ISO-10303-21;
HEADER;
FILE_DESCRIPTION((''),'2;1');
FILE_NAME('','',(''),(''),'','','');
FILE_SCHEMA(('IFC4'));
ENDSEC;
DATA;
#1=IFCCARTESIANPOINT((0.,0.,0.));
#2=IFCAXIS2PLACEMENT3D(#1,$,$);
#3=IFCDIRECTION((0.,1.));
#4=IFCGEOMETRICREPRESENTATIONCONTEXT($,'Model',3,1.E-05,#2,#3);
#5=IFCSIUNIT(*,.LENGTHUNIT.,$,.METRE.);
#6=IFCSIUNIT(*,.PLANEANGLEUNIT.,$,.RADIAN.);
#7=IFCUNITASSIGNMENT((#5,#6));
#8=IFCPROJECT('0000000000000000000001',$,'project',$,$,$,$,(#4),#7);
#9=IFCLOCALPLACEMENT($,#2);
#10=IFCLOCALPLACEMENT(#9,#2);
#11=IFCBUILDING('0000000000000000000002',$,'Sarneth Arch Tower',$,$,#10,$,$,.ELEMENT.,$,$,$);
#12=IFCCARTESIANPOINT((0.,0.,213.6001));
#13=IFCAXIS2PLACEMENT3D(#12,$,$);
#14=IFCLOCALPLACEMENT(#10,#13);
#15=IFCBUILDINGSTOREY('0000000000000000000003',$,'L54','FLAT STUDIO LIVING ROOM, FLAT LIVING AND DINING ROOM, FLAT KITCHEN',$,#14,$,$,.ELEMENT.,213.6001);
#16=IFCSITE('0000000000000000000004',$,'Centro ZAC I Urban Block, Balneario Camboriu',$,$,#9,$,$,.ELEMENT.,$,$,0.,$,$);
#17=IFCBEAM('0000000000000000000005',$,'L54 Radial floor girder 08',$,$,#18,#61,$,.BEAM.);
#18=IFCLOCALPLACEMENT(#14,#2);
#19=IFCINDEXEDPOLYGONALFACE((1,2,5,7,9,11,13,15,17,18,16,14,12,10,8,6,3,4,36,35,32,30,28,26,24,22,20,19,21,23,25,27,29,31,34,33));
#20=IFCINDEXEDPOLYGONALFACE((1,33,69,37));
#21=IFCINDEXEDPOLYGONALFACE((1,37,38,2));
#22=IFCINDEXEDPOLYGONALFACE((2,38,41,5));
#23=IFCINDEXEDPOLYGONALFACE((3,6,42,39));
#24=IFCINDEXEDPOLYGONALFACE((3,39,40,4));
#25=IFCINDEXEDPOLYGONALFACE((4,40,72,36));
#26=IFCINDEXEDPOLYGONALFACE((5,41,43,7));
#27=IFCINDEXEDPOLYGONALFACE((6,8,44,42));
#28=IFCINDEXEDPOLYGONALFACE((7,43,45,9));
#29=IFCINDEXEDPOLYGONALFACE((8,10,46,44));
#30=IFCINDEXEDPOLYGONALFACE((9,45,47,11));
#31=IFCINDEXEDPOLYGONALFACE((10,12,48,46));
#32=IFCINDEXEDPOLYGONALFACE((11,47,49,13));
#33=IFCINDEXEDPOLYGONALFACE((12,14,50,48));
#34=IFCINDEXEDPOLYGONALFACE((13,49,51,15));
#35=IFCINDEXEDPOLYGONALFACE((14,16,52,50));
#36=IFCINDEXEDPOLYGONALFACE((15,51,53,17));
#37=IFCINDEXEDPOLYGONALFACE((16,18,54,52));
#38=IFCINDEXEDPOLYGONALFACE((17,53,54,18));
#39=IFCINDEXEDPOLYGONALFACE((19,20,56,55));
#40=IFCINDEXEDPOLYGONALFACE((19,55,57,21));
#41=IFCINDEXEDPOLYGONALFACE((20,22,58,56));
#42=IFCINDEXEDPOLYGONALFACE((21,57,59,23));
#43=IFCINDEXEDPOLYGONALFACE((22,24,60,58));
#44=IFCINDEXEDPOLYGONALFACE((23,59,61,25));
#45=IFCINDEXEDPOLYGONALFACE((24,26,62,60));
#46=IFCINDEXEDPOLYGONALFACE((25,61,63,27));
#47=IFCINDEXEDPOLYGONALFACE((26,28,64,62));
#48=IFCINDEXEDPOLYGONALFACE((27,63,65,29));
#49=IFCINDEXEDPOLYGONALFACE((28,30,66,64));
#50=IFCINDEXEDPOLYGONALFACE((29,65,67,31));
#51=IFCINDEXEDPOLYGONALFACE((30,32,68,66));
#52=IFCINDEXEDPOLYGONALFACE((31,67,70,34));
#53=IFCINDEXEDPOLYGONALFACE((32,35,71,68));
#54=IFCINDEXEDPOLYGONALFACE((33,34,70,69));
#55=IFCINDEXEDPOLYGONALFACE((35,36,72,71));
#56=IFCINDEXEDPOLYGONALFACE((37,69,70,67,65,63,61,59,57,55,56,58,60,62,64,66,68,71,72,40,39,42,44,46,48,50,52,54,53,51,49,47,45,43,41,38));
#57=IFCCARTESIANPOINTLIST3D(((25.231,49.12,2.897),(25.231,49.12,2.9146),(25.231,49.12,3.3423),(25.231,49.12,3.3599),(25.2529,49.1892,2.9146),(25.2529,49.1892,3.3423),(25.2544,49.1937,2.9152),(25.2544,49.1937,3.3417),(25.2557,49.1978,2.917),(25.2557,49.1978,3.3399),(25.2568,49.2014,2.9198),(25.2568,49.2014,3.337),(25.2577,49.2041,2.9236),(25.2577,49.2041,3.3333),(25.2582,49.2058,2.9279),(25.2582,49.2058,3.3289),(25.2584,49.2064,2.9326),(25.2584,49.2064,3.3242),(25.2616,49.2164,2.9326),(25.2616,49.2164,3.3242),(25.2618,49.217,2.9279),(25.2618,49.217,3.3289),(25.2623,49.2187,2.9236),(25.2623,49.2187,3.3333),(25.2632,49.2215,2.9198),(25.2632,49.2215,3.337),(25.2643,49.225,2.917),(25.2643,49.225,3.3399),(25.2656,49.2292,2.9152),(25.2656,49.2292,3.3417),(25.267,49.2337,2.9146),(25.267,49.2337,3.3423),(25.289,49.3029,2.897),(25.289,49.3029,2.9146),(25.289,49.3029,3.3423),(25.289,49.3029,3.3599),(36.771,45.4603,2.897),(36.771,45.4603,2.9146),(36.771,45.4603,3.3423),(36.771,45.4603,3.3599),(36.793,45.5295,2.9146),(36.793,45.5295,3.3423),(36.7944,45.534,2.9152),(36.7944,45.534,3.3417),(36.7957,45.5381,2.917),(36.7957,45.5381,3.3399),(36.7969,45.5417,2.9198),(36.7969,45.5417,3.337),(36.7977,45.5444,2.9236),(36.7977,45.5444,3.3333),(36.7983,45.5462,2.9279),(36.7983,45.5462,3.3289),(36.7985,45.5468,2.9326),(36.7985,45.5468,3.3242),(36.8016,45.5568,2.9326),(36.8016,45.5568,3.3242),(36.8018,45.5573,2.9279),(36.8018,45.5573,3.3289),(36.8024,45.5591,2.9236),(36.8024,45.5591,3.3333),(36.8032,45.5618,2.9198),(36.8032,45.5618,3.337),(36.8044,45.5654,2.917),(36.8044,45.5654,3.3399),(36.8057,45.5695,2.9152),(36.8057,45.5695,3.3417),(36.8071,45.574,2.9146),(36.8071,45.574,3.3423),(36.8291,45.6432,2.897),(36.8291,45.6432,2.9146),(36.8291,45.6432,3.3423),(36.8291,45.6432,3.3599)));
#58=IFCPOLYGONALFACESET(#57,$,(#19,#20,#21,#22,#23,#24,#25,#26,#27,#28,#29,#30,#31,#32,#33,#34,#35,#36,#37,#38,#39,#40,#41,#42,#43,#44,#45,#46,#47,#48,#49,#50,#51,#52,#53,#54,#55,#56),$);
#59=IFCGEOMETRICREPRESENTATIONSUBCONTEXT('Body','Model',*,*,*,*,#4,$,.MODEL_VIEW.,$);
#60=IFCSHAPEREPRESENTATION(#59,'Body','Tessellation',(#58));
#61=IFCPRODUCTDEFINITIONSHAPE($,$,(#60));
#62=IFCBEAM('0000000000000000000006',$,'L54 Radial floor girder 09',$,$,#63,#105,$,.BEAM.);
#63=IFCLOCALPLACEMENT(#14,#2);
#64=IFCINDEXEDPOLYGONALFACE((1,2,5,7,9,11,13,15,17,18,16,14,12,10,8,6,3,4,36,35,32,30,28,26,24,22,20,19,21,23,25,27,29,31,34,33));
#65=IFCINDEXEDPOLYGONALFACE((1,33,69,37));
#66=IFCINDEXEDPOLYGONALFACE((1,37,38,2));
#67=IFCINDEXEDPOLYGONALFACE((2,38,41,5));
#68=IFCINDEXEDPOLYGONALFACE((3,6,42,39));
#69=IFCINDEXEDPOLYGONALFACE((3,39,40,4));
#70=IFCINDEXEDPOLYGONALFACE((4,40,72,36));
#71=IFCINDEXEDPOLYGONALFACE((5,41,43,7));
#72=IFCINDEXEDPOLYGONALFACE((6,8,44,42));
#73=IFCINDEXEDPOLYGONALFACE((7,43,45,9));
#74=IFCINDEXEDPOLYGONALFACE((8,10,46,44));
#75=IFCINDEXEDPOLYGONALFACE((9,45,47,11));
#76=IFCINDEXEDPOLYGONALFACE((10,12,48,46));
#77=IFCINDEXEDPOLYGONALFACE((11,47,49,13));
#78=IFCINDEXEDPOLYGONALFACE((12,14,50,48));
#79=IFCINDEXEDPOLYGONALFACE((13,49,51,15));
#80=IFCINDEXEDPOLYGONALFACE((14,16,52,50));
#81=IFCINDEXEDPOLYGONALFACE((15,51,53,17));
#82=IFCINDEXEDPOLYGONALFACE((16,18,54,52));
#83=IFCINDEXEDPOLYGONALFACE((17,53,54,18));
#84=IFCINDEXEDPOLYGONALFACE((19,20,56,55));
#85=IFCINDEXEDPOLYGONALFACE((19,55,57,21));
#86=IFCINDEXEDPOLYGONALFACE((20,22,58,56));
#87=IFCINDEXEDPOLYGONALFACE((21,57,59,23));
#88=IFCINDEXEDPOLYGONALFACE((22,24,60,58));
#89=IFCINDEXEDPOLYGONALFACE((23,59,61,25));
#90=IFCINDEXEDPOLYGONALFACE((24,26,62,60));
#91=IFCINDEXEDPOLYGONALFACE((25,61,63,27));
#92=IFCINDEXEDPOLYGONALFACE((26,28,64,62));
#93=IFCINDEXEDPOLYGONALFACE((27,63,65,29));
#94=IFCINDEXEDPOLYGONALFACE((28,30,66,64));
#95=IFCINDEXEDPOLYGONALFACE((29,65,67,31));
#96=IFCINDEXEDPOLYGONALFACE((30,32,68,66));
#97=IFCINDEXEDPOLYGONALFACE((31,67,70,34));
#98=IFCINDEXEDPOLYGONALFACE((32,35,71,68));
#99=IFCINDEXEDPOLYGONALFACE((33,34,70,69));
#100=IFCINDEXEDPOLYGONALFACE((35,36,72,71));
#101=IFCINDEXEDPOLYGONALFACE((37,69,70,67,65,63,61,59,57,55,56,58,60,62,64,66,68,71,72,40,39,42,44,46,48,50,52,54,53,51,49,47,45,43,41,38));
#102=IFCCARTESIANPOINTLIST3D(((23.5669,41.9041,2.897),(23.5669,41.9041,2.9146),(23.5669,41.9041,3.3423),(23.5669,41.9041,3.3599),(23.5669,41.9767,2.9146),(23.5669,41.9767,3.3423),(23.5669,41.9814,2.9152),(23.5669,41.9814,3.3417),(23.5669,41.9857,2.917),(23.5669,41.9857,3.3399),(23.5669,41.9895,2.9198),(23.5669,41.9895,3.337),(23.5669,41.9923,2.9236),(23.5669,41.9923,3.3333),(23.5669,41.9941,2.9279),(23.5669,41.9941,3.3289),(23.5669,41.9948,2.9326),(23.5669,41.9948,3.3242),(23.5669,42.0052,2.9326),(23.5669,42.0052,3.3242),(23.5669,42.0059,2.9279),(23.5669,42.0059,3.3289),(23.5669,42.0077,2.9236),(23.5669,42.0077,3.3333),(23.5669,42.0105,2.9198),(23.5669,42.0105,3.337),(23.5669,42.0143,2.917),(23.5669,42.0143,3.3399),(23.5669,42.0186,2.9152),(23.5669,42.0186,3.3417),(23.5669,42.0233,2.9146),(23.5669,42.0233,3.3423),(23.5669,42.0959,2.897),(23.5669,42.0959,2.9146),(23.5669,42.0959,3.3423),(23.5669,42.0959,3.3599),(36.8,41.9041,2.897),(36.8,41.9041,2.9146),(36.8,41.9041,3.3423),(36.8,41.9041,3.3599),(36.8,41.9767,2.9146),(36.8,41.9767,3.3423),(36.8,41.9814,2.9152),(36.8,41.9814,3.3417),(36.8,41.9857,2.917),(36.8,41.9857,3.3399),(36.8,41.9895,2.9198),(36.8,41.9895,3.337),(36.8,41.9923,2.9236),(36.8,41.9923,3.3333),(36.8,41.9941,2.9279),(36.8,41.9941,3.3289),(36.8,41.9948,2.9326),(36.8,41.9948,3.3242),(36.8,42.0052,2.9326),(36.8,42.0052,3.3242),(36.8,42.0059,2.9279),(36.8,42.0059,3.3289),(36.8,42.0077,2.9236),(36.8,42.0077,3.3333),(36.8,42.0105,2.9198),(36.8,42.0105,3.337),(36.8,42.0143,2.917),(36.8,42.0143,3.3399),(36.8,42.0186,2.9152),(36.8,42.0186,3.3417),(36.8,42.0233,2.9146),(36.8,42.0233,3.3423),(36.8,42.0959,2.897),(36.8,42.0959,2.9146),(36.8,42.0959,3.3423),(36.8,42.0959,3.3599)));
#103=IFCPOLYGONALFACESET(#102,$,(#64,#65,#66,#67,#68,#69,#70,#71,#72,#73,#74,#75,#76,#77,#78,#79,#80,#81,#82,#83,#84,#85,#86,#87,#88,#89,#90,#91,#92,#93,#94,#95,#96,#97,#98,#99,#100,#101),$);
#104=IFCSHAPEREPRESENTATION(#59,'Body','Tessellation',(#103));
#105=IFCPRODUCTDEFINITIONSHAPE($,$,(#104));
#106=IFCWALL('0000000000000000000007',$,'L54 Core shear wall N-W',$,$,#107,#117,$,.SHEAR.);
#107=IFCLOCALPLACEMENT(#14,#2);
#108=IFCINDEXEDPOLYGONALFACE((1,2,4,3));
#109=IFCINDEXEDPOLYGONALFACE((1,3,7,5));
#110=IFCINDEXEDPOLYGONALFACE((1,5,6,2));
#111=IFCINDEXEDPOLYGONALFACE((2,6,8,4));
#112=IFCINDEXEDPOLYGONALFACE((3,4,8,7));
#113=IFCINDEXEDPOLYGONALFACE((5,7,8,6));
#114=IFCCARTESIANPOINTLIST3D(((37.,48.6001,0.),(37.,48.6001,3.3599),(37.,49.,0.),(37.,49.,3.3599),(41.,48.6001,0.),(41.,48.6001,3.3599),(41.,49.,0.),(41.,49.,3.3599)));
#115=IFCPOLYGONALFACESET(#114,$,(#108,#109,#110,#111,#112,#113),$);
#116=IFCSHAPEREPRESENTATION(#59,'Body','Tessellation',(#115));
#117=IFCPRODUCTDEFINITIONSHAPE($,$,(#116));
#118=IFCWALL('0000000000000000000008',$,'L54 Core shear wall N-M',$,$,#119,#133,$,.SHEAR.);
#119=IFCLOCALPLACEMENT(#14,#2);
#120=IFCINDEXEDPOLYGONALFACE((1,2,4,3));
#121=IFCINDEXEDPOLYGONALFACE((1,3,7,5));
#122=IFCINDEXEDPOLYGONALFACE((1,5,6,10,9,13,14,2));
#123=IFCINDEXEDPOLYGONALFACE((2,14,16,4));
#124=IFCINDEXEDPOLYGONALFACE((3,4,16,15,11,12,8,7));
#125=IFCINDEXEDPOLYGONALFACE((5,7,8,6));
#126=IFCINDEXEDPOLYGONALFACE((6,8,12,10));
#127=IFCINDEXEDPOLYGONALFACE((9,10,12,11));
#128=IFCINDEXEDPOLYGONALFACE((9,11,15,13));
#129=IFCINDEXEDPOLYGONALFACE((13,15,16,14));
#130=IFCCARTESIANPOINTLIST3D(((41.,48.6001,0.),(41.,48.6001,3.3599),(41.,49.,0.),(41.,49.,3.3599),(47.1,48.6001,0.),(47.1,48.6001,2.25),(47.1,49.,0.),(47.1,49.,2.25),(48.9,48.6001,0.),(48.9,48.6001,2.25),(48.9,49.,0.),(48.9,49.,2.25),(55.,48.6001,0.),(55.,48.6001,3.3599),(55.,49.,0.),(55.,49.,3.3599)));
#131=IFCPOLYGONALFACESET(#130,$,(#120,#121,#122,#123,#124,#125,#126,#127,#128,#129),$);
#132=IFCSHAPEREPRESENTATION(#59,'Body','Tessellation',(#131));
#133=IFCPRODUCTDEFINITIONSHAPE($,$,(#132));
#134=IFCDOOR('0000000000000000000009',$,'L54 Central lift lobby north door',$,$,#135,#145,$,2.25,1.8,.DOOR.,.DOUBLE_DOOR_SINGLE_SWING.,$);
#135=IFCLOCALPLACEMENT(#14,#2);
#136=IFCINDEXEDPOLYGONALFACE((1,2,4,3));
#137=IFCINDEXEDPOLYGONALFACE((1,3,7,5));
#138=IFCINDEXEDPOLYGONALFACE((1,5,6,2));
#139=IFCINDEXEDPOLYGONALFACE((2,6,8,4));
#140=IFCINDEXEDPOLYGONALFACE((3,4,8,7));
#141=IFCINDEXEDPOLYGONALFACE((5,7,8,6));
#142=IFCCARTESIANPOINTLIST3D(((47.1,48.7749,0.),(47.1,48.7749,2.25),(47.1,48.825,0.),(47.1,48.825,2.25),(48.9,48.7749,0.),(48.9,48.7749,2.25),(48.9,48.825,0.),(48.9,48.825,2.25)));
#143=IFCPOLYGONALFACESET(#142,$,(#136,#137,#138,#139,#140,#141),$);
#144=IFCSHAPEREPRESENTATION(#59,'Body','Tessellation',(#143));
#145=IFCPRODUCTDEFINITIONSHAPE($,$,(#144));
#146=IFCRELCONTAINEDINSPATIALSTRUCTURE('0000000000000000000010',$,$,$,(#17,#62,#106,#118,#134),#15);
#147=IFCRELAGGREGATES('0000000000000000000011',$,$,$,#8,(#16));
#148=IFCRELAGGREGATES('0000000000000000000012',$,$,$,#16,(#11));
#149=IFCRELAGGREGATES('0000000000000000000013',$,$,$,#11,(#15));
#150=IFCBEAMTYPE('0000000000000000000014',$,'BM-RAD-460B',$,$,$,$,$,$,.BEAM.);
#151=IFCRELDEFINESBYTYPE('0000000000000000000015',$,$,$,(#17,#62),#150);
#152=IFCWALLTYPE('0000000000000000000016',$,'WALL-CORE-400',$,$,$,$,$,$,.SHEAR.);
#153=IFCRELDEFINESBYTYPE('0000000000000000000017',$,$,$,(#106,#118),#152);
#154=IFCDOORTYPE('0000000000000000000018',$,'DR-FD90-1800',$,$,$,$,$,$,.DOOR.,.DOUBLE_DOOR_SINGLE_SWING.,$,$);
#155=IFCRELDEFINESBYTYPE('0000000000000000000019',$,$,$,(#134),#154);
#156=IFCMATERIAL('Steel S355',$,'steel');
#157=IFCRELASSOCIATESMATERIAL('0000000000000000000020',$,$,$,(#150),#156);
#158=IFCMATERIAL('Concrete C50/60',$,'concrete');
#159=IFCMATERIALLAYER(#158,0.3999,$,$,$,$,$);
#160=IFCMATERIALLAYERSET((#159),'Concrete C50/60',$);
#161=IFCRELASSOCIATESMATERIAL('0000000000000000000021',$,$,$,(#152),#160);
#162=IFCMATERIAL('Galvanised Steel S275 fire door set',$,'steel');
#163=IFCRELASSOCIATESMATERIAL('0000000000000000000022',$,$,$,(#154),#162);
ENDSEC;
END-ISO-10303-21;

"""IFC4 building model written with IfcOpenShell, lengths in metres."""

from ifc_helpers import new_model, si_unit, direction, frame, frame_2d, origin, origin_2d, place, context, subcontext, project, spatial, rectangle, i_section, extrude, material, layer, layer_set, material_profile, profile_set, type_object, element, fill, save


model = new_model("IFC4")

# Units and contexts
model_context = context("Model", 3, precision=1e-05, world=origin(), true_north=direction((0.0, 1.0)))
body_context = subcontext(model_context, "Body", "Model", "MODEL_VIEW")
ifc_project = project(units=[si_unit("LENGTHUNIT", "METRE"), si_unit("PLANEANGLEUNIT", "RADIAN")], contexts=[model_context])

# Site, building, storey
site_placement = place(None, origin())
site = spatial("IfcSite", under=ifc_project, at=site_placement, Name="Centro ZAC I Urban Block, Balneario Camboriu", CompositionType="ELEMENT", RefElevation=0.0)
building_placement = place(site_placement, origin())
building = spatial("IfcBuilding", under=site, at=building_placement, Name="Sarneth Arch Tower", CompositionType="ELEMENT")
storey_placement = place(building_placement, frame((0.0, 0.0, 213.6001)))
storey = spatial("IfcBuildingStorey", under=building, at=storey_placement, Name="L54", Description="FLAT STUDIO LIVING ROOM, FLAT LIVING AND DINING ROOM, FLAT KITCHEN", CompositionType="ELEMENT", Elevation=213.6001)

# Beams
ifc_material_1 = material(Name="Steel S355", Category="steel")
ifc_material_profile_1 = material_profile(ifc_material_1, i_section(OverallWidth=0.1919, OverallDepth=0.4629, WebThickness=0.0105, FlangeThickness=0.0176, FilletRadius=0.0181, at=origin_2d()), Name="W460x89")
ifc_profile_set_1 = profile_set([ifc_material_profile_1], Name="Steel S355")
beam_type_1 = type_object("IfcBeamType", Name="BM-RAD-460B", PredefinedType="BEAM", material=ifc_profile_set_1)
beam_1_placement = place(storey_placement, frame((36.8, 45.5518, 3.1284), z_axis=(-0.953216, 0.302291, 0.0), x_axis=(-0.302291, -0.953216, 0.0)))
element("IfcBeam", 1, at=beam_1_placement, inside=storey, type_object=beam_type_1, Name="L54 Radial floor girder 08", PredefinedType="BEAM", context=body_context, shape_type="SweptSolid", body=[
    extrude(i_section(OverallWidth=0.1919, OverallDepth=0.4629, WebThickness=0.0105, FlangeThickness=0.0176, FilletRadius=0.0181, at=origin_2d()), origin(), (0.0, 0.0, 1.0), 12.1064),
])
beam_2_placement = place(storey_placement, frame((36.8, 42.0, 3.1284), z_axis=(-1.0, 0.0, 0.0), x_axis=(0.0, -1.0, 0.0)))
element("IfcBeam", 2, at=beam_2_placement, inside=storey, type_object=beam_type_1, Name="L54 Radial floor girder 09", PredefinedType="BEAM", context=body_context, shape_type="SweptSolid", body=[
    extrude(i_section(OverallWidth=0.1919, OverallDepth=0.4629, WebThickness=0.0105, FlangeThickness=0.0176, FilletRadius=0.0181, at=origin_2d()), origin(), (0.0, 0.0, 1.0), 13.2332),
])

# Wall
ifc_material_2 = material(Name="Concrete C50/60", Category="concrete")
ifc_layer_1 = layer(ifc_material_2, 0.3999)
ifc_layer_set_1 = layer_set([ifc_layer_1], Name="Concrete C50/60")
wall_type_1 = type_object("IfcWallType", Name="WALL-CORE-400", PredefinedType="SHEAR", material=ifc_layer_set_1)
wall_1_placement = place(storey_placement, frame((37.0, 48.8, 0.0), z_axis=(0.0, 0.0, 1.0), x_axis=(1.0, 0.0, 0.0)))
element("IfcWall", 3, at=wall_1_placement, inside=storey, type_object=wall_type_1, Name="L54 Core shear wall N-W", PredefinedType="SHEAR", context=body_context, shape_type="SweptSolid", body=[
    extrude(rectangle(XDim=4.0, YDim=0.3999, at=frame_2d((2.0, 0.0))), origin(), (0.0, 0.0, 1.0), 3.3599),
])

# Wall, opening, door
wall_2_placement = place(storey_placement, frame((41.0, 48.8, 0.0), z_axis=(0.0, 0.0, 1.0), x_axis=(1.0, 0.0, 0.0)))
wall_2 = element("IfcWall", 4, at=wall_2_placement, inside=storey, type_object=wall_type_1, Name="L54 Core shear wall N-M", PredefinedType="SHEAR", context=body_context, shape_type="SweptSolid", body=[
    extrude(rectangle(XDim=14.0, YDim=0.3999, at=frame_2d((7.0, 0.0))), origin(), (0.0, 0.0, 1.0), 3.3599),
])
opening_1_placement = place(wall_2_placement, frame((6.1001, 0.0, 0.0)))
opening_1 = element("IfcOpeningElement", 5, at=opening_1_placement, cuts=wall_2, PredefinedType="OPENING", context=body_context, shape_type="SweptSolid", body=[
    extrude(rectangle(XDim=1.8, YDim=2.25, at=frame_2d((0.8999, 1.125))), frame((0.0, 0.21, 0.0), z_axis=(0.0, -1.0, 0.0), x_axis=(1.0, 0.0, 0.0)), (0.0, 0.0, 1.0), 0.4199),
])
ifc_material_3 = material(Name="Galvanised Steel S275 fire door set", Category="steel")
door_type_1 = type_object("IfcDoorType", Name="DR-FD90-1800", OperationType="DOUBLE_DOOR_SINGLE_SWING", PredefinedType="DOOR", material=ifc_material_3)
door_1_placement = place(opening_1_placement, origin())
door_1 = element("IfcDoor", 6, at=door_1_placement, inside=storey, type_object=door_type_1, Name="L54 Central lift lobby north door", OperationType="DOUBLE_DOOR_SINGLE_SWING", OverallHeight=2.25, OverallWidth=1.8, PredefinedType="DOOR", context=body_context, shape_type="SweptSolid", body=[
    extrude(rectangle(XDim=1.8, YDim=2.25, at=frame_2d((0.8999, 1.125))), frame((0.0, 0.0249, 0.0), z_axis=(0.0, -1.0, 0.0), x_axis=(1.0, 0.0, 0.0)), (0.0, 0.0, 1.0), 0.05),
])
fill(opening_1, door_1)

save(model, "model.ifc")
